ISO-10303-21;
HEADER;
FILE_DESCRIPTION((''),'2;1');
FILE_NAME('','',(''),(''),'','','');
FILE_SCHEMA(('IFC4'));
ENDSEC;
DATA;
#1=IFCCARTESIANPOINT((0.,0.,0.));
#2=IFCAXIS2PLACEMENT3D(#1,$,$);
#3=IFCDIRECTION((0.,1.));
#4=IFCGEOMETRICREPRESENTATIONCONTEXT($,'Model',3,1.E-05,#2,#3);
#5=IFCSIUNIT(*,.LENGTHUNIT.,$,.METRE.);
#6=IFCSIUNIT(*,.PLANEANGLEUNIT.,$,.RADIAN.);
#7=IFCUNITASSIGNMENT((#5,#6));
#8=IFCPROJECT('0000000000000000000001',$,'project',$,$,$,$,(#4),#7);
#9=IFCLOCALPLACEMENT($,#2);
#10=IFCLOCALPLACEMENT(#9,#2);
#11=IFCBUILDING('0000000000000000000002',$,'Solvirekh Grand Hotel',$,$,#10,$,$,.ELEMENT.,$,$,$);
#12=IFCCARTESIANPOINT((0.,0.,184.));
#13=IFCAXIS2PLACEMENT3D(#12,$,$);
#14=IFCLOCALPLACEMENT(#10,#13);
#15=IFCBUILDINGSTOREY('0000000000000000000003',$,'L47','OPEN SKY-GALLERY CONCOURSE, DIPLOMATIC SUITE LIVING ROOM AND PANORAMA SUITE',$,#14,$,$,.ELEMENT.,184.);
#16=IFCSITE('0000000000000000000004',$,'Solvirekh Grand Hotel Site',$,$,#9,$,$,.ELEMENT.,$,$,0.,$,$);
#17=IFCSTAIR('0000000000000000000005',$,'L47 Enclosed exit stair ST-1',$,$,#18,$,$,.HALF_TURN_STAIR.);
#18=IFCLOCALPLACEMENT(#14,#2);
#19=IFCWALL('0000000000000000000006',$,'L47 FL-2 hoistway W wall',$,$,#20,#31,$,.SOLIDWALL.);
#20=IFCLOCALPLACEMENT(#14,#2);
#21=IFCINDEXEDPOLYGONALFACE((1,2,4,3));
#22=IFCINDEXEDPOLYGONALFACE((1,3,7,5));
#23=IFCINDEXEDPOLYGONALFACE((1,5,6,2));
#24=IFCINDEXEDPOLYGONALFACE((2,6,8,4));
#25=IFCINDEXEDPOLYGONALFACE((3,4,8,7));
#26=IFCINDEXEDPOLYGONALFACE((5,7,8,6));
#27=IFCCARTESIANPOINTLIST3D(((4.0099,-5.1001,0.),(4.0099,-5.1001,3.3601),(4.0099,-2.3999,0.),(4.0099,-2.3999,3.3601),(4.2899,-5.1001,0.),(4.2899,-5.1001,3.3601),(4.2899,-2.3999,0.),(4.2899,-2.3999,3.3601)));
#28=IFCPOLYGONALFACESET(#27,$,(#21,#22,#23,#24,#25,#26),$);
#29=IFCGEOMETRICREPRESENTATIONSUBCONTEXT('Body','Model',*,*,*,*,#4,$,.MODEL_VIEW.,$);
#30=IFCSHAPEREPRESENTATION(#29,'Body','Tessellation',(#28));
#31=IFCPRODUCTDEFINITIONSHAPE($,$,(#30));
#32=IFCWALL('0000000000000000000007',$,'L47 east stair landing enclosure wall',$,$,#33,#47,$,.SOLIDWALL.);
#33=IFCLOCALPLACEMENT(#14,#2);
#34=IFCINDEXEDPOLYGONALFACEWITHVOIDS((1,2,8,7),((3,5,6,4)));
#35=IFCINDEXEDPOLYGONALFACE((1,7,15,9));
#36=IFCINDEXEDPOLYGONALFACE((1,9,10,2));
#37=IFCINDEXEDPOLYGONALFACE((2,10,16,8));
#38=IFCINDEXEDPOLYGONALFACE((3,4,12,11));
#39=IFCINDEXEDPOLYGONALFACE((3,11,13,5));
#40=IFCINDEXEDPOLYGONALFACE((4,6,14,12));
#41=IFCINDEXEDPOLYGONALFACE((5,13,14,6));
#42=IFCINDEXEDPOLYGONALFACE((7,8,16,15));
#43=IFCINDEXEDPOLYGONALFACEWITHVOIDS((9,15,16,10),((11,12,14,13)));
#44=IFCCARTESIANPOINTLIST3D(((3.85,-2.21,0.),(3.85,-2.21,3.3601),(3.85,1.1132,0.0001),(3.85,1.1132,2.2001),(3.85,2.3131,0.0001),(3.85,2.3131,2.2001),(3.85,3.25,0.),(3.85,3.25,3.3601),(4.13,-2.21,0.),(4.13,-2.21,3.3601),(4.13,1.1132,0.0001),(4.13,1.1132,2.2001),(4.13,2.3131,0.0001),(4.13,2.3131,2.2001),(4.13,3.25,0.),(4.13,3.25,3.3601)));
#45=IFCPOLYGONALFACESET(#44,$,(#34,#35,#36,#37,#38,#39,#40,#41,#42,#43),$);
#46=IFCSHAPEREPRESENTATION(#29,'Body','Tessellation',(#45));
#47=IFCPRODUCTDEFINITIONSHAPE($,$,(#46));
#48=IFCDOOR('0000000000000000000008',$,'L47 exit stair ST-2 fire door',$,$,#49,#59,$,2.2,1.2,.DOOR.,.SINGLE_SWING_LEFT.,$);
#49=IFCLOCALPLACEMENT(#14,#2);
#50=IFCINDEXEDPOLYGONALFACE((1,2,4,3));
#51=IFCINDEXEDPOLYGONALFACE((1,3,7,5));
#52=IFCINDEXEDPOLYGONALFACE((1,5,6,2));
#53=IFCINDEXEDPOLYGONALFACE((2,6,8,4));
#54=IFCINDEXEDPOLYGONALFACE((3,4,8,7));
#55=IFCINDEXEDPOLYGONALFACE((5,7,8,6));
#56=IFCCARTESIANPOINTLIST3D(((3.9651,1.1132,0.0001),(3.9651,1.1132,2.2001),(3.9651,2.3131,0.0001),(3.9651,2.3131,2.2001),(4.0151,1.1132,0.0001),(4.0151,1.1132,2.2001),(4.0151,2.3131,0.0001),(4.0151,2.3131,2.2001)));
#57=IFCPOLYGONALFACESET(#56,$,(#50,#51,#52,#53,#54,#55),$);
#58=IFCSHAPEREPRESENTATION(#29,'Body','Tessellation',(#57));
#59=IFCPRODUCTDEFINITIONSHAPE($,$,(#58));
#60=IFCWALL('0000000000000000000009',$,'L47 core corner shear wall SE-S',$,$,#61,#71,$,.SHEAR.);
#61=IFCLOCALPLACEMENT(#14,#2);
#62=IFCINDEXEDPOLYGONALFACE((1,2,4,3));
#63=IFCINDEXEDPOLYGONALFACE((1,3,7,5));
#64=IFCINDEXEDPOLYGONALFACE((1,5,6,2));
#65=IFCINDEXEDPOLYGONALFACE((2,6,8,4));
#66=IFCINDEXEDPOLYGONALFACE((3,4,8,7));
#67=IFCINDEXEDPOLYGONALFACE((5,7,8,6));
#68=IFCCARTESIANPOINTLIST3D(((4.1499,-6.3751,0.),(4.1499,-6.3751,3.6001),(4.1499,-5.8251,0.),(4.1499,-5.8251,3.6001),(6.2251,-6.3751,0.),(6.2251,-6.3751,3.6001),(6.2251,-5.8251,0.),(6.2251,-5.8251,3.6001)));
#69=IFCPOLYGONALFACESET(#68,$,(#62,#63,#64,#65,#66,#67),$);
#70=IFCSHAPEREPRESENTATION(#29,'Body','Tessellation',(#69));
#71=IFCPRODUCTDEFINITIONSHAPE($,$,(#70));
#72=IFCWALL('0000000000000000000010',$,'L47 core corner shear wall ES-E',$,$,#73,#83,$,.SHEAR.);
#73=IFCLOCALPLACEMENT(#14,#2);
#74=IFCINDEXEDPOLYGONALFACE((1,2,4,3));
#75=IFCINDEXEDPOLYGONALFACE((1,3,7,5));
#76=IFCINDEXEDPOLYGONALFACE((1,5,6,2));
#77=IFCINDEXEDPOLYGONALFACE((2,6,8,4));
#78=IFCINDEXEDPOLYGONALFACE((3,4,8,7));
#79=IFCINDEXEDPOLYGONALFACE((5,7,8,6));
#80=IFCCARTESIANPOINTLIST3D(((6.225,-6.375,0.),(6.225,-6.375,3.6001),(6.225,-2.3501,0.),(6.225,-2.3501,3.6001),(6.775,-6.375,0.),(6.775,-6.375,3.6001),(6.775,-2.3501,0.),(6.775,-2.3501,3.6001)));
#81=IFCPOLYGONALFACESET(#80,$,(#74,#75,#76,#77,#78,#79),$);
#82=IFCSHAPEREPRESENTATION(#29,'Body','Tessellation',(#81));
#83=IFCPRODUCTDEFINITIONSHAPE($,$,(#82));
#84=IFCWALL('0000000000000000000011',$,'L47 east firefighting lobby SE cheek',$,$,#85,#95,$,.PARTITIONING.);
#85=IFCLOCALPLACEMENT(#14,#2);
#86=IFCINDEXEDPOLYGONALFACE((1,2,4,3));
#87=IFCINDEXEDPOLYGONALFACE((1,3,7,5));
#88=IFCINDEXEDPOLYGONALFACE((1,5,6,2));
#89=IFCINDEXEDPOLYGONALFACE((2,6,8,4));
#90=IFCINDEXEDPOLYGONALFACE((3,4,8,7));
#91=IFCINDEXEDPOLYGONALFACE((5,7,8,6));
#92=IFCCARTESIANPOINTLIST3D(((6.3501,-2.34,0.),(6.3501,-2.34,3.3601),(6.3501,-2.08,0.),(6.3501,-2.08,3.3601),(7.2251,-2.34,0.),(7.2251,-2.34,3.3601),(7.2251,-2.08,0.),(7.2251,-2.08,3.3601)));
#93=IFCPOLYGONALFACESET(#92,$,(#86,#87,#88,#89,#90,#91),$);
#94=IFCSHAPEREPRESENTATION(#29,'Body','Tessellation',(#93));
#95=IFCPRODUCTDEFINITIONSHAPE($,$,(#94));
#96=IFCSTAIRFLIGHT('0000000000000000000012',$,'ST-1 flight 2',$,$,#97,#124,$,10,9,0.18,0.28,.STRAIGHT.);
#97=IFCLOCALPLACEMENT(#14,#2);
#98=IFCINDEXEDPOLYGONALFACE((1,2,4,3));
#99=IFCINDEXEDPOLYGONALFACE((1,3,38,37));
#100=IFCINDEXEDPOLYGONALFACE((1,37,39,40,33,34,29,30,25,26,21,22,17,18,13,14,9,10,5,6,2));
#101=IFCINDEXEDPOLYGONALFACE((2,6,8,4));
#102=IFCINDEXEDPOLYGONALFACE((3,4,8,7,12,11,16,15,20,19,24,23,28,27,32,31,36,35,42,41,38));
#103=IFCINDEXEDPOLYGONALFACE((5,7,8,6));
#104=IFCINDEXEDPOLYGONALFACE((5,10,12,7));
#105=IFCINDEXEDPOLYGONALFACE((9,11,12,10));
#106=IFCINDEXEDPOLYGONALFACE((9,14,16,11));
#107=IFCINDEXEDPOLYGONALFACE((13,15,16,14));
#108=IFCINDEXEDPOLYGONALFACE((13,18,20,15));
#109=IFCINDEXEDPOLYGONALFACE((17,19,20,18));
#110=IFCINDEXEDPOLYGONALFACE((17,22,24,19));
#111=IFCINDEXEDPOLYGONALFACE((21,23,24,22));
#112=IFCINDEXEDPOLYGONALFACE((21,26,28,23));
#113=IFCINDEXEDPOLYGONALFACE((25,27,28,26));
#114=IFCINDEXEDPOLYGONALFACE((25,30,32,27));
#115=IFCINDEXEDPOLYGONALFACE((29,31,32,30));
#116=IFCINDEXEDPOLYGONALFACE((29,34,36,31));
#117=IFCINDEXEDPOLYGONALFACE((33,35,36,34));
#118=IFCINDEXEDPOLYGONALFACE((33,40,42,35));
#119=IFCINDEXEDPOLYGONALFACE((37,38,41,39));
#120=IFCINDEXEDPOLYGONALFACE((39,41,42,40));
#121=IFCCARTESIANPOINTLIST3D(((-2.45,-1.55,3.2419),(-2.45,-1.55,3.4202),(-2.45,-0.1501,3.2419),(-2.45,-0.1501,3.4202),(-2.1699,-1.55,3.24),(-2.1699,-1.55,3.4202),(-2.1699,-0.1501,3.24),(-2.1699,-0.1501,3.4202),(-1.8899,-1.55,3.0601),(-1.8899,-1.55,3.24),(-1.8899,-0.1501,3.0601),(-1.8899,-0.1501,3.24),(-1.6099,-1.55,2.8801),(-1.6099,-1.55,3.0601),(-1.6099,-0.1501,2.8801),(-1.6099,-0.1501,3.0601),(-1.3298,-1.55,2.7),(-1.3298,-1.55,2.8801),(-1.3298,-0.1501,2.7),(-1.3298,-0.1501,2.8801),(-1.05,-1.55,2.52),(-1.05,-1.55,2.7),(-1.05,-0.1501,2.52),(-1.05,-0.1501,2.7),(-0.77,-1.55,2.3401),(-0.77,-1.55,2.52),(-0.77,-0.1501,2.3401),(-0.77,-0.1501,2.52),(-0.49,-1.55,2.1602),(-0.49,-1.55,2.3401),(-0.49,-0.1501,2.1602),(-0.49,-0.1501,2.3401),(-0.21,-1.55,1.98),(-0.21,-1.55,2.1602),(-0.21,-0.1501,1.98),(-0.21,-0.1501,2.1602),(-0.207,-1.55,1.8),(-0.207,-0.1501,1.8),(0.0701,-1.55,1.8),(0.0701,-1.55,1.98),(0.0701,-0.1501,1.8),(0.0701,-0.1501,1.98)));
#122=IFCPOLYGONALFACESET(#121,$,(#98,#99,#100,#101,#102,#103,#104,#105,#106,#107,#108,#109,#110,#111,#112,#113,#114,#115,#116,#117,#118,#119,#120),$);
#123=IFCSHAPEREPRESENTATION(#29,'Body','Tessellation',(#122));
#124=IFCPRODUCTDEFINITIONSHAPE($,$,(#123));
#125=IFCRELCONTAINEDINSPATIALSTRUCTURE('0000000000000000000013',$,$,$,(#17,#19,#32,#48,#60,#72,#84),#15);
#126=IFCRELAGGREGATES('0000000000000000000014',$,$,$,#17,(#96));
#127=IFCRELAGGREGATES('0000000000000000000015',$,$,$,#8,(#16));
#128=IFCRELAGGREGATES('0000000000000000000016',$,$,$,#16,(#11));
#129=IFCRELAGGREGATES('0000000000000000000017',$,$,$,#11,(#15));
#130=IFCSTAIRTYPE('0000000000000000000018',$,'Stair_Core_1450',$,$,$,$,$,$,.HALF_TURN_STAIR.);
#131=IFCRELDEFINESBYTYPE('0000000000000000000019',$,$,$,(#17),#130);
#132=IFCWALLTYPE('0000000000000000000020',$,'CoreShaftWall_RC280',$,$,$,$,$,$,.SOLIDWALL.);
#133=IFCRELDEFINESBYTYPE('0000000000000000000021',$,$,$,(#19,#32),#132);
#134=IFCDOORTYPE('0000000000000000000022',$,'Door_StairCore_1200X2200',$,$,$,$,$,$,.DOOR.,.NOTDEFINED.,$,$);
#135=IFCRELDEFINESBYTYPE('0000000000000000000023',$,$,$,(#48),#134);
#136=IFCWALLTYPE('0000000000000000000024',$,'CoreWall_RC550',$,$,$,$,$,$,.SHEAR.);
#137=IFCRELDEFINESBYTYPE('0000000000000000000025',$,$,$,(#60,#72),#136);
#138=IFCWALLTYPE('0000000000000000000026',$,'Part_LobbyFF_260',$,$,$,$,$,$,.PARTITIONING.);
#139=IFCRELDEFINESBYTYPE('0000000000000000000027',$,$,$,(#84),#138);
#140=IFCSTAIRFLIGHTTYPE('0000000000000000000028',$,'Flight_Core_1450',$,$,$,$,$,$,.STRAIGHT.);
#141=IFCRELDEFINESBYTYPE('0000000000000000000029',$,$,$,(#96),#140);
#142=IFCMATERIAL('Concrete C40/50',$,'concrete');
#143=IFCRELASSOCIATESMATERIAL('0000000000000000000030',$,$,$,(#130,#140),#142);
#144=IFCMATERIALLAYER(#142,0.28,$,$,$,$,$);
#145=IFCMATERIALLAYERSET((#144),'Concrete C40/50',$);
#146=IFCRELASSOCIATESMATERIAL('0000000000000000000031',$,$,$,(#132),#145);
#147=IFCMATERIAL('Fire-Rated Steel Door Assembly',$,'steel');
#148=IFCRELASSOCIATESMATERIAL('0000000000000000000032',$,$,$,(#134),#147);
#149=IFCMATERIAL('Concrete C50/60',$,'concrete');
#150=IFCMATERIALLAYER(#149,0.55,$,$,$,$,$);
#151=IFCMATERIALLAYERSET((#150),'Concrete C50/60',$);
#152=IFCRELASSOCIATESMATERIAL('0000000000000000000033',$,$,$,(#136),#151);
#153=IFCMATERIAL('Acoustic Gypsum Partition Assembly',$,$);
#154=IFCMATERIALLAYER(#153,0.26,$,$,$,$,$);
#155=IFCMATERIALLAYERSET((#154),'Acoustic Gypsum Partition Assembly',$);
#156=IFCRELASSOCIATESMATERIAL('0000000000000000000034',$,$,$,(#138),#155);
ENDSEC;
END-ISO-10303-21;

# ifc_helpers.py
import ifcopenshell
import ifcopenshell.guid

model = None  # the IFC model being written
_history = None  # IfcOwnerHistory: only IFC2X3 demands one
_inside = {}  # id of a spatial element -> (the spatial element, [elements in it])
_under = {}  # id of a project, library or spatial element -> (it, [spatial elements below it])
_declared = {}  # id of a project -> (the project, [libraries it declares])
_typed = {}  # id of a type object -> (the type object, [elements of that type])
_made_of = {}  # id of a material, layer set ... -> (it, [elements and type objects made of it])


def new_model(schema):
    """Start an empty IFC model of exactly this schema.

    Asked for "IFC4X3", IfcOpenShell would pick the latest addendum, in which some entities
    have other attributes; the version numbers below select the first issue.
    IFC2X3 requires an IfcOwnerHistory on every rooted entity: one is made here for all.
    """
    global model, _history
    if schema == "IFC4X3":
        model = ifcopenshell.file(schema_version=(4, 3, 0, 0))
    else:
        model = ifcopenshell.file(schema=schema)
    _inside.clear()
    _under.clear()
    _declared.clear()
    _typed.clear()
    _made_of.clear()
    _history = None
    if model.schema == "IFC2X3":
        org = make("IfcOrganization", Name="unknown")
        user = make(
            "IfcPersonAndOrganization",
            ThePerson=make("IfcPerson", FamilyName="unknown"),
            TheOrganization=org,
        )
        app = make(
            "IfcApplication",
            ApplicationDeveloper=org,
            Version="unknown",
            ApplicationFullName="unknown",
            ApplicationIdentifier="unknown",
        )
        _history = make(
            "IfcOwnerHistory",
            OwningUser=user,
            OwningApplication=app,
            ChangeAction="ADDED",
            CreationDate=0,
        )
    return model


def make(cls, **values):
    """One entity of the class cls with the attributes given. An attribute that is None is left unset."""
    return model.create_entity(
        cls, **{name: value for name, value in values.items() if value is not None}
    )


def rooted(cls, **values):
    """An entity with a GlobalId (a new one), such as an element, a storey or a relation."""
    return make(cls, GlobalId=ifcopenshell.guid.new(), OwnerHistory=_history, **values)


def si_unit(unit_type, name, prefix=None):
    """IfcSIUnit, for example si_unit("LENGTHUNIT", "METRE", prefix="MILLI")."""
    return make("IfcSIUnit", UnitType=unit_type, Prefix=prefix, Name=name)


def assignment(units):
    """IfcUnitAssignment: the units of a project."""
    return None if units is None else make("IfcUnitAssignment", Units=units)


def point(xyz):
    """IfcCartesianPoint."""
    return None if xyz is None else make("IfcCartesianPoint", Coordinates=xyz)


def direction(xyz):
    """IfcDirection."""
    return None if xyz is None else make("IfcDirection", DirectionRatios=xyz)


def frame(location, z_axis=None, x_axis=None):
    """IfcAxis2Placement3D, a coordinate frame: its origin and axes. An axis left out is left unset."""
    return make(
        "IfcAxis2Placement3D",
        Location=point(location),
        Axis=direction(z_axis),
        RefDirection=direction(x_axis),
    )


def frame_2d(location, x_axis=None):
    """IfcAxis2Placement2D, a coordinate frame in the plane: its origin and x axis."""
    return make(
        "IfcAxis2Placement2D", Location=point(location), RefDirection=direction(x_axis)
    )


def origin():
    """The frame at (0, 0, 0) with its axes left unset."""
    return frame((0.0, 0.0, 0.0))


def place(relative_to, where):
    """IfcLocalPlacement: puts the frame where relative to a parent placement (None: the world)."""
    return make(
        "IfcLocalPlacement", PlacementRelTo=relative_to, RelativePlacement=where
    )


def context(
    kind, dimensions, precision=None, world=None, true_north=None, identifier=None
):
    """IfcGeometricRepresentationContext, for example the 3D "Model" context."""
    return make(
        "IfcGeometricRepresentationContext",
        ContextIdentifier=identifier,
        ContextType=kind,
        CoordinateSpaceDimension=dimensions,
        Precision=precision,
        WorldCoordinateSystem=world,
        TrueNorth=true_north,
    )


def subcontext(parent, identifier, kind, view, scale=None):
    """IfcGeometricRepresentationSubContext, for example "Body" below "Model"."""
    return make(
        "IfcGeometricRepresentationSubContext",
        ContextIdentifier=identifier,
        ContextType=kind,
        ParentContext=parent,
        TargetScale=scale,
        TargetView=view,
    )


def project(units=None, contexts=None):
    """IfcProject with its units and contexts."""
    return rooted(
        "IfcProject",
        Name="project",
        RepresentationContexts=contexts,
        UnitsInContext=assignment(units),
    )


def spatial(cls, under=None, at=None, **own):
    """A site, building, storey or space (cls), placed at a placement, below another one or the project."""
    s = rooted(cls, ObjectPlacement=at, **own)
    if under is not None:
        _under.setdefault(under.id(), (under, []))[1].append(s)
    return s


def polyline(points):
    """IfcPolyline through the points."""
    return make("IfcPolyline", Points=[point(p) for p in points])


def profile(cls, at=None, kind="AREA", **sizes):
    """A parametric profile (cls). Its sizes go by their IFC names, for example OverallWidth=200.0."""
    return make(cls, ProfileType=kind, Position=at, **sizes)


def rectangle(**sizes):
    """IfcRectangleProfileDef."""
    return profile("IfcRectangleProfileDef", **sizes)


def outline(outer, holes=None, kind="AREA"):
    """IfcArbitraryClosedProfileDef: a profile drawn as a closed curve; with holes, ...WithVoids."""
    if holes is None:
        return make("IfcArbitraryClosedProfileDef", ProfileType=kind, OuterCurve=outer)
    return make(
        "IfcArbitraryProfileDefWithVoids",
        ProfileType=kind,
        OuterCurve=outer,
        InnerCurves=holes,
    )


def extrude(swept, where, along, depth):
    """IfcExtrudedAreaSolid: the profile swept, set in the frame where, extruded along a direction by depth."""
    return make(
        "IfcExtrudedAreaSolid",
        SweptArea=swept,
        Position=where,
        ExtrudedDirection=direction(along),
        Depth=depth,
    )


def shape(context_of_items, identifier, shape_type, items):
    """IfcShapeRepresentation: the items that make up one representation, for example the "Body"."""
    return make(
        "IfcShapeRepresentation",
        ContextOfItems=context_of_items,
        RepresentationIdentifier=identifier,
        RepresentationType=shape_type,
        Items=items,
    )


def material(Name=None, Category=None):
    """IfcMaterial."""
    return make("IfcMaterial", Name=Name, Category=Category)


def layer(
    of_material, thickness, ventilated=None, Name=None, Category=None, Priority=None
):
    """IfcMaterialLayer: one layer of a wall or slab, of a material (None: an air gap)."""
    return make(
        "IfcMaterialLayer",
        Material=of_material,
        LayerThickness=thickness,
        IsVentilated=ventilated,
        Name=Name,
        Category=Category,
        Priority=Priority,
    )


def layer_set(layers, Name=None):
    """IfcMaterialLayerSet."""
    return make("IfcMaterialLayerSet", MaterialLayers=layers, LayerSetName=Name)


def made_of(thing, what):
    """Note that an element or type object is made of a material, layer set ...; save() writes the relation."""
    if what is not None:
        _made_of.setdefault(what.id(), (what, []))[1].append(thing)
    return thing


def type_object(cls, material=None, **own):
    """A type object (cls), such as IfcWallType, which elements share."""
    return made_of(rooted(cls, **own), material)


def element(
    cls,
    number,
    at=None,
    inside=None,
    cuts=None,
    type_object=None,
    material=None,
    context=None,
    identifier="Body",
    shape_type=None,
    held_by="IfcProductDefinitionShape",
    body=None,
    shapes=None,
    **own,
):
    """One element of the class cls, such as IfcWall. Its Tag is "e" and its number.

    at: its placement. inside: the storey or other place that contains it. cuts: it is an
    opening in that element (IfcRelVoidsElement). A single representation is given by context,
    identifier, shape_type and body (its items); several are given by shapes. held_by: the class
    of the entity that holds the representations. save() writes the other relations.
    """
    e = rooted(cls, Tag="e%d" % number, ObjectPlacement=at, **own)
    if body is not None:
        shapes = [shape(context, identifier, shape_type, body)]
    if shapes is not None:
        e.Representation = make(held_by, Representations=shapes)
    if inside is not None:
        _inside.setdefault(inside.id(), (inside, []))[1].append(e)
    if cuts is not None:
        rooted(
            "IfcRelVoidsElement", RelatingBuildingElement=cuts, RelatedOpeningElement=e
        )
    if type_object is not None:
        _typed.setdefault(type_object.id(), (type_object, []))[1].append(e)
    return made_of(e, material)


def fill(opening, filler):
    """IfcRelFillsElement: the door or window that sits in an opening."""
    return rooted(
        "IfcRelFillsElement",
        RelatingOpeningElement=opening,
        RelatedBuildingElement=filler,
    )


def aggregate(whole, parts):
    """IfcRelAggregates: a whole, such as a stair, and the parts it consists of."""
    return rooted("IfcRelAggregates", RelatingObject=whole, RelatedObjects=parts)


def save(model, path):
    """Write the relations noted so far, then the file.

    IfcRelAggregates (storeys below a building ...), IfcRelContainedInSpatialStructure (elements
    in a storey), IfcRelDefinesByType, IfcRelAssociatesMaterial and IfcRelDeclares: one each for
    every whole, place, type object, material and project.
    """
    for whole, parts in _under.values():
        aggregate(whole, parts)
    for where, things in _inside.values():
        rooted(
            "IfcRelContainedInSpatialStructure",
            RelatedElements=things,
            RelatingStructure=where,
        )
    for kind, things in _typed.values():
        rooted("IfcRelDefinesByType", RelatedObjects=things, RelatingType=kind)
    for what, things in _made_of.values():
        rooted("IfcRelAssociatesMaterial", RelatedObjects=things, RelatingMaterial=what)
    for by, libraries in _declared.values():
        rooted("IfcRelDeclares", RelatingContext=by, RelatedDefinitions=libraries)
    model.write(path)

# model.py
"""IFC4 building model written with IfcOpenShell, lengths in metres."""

from ifc_helpers import new_model, si_unit, direction, frame, frame_2d, origin, place, context, subcontext, project, spatial, polyline, rectangle, outline, extrude, material, layer, layer_set, type_object, element, fill, aggregate, save


model = new_model("IFC4")

# Units and contexts
model_context = context("Model", 3, precision=1e-05, world=origin(), true_north=direction((0.0, 1.0)))
body_context = subcontext(model_context, "Body", "Model", "MODEL_VIEW")
ifc_project = project(units=[si_unit("LENGTHUNIT", "METRE"), si_unit("PLANEANGLEUNIT", "RADIAN")], contexts=[model_context])

# Site, building, storey
site_placement = place(None, origin())
site = spatial("IfcSite", under=ifc_project, at=site_placement, Name="Solvirekh Grand Hotel Site", CompositionType="ELEMENT", RefElevation=0.0)
building_placement = place(site_placement, origin())
building = spatial("IfcBuilding", under=site, at=building_placement, Name="Solvirekh Grand Hotel", CompositionType="ELEMENT")
storey_placement = place(building_placement, frame((0.0, 0.0, 184.0)))
storey = spatial("IfcBuildingStorey", under=building, at=storey_placement, Name="L47", Description="OPEN SKY-GALLERY CONCOURSE, DIPLOMATIC SUITE LIVING ROOM AND PANORAMA SUITE", CompositionType="ELEMENT", Elevation=184.0)

# Shared definitions
ifc_material_1 = material(Name="Concrete C50/60", Category="concrete")

# Stair
ifc_material_2 = material(Name="Concrete C40/50", Category="concrete")
stair_type = type_object("IfcStairType", Name="Stair_Core_1450", PredefinedType="HALF_TURN_STAIR", material=ifc_material_2)
stair_1_placement = place(storey_placement, origin())
stair_1 = element("IfcStair", 1, at=stair_1_placement, inside=storey, type_object=stair_type, Name="L47 Enclosed exit stair ST-1", PredefinedType="HALF_TURN_STAIR")

# Shared definitions
ifc_layer_1 = layer(ifc_material_2, 0.28)
ifc_layer_set_1 = layer_set([ifc_layer_1], Name="Concrete C40/50")
wall_type_1 = type_object("IfcWallType", Name="CoreShaftWall_RC280", PredefinedType="SOLIDWALL", material=ifc_layer_set_1)

# Shared definitions
ifc_material_3 = material(Name="Fire-Rated Steel Door Assembly", Category="steel")

# Wall
wall_1_placement = place(storey_placement, frame((4.1499, -2.3999, 0.0), z_axis=(0.0, 0.0, 1.0), x_axis=(0.0, -1.0, 0.0)))
element("IfcWall", 2, at=wall_1_placement, inside=storey, type_object=wall_type_1, Name="L47 FL-2 hoistway W wall", PredefinedType="SOLIDWALL", context=body_context, shape_type="SweptSolid", body=[
    extrude(rectangle(XDim=2.7002, YDim=0.28, at=frame_2d((1.3501, 0.0))), origin(), (0.0, 0.0, 1.0), 3.3601),
])

# Wall, opening, door
wall_2_placement = place(storey_placement, frame((3.99, -2.21, 0.0), z_axis=(0.0, 0.0, 1.0), x_axis=(0.0, 1.0, 0.0)))
wall_2 = element("IfcWall", 3, at=wall_2_placement, inside=storey, type_object=wall_type_1, Name="L47 east stair landing enclosure wall", PredefinedType="SOLIDWALL", context=body_context, shape_type="SweptSolid", body=[
    extrude(rectangle(XDim=5.46, YDim=0.28, at=frame_2d((2.73, 0.0))), origin(), (0.0, 0.0, 1.0), 3.3601),
])
opening_1_placement = place(wall_2_placement, frame((3.323, 0.0, 0.0)))
opening_1 = element("IfcOpeningElement", 4, at=opening_1_placement, cuts=wall_2, PredefinedType="OPENING", context=body_context, shape_type="SweptSolid", body=[
    extrude(rectangle(XDim=1.2, YDim=2.2, at=frame_2d((0.6001, 1.1001))), frame((0.0, 0.1499, 0.0), z_axis=(0.0, -1.0, 0.0), x_axis=(1.0, 0.0, 0.0)), (0.0, 0.0, 1.0), 0.3),
])
door_type_1 = type_object("IfcDoorType", Name="Door_StairCore_1200X2200", OperationType="NOTDEFINED", PredefinedType="DOOR", material=ifc_material_3)
door_1_placement = place(opening_1_placement, origin())
door_1 = element("IfcDoor", 5, at=door_1_placement, inside=storey, type_object=door_type_1, Name="L47 exit stair ST-2 fire door", OperationType="SINGLE_SWING_LEFT", OverallHeight=2.2, OverallWidth=1.2, PredefinedType="DOOR", context=body_context, shape_type="SweptSolid", body=[
    extrude(rectangle(XDim=1.2, YDim=2.2, at=frame_2d((0.6001, 1.1001))), frame((0.0, 0.0249, 0.0), z_axis=(0.0, -1.0, 0.0), x_axis=(1.0, 0.0, 0.0)), (0.0, 0.0, 1.0), 0.05),
])
fill(opening_1, door_1)

# Walls
ifc_layer_2 = layer(ifc_material_1, 0.55)
ifc_layer_set_2 = layer_set([ifc_layer_2], Name="Concrete C50/60")
wall_type_2 = type_object("IfcWallType", Name="CoreWall_RC550", PredefinedType="SHEAR", material=ifc_layer_set_2)
wall_3_placement = place(storey_placement, frame((4.1499, -6.1001, 0.0), z_axis=(0.0, 0.0, 1.0), x_axis=(1.0, 0.0, 0.0)))
element("IfcWall", 6, at=wall_3_placement, inside=storey, type_object=wall_type_2, Name="L47 core corner shear wall SE-S", PredefinedType="SHEAR", context=body_context, shape_type="SweptSolid", body=[
    extrude(rectangle(XDim=2.0752, YDim=0.55, at=frame_2d((1.0376, 0.0))), origin(), (0.0, 0.0, 1.0), 3.6001),
])
wall_4_placement = place(storey_placement, frame((6.5, -6.375, 0.0), z_axis=(0.0, 0.0, 1.0), x_axis=(0.0, 1.0, 0.0)))
element("IfcWall", 7, at=wall_4_placement, inside=storey, type_object=wall_type_2, Name="L47 core corner shear wall ES-E", PredefinedType="SHEAR", context=body_context, shape_type="SweptSolid", body=[
    extrude(rectangle(XDim=4.0249, YDim=0.55, at=frame_2d((2.0125, 0.0))), origin(), (0.0, 0.0, 1.0), 3.6001),
])
ifc_material_4 = material(Name="Acoustic Gypsum Partition Assembly")
ifc_layer_3 = layer(ifc_material_4, 0.26)
ifc_layer_set_3 = layer_set([ifc_layer_3], Name="Acoustic Gypsum Partition Assembly")
wall_type_3 = type_object("IfcWallType", Name="Part_LobbyFF_260", PredefinedType="PARTITIONING", material=ifc_layer_set_3)
wall_5_placement = place(storey_placement, frame((6.3501, -2.21, 0.0), z_axis=(0.0, 0.0, 1.0), x_axis=(1.0, 0.0, 0.0)))
element("IfcWall", 8, at=wall_5_placement, inside=storey, type_object=wall_type_3, Name="L47 east firefighting lobby SE cheek", PredefinedType="PARTITIONING", context=body_context, shape_type="SweptSolid", body=[
    extrude(rectangle(XDim=0.875, YDim=0.26, at=frame_2d((0.4375, 0.0))), origin(), (0.0, 0.0, 1.0), 3.3601),
])

# Stair flight
stair_flight_type = type_object("IfcStairFlightType", Name="Flight_Core_1450", PredefinedType="STRAIGHT", material=ifc_material_2)
stair_flight_placement = place(storey_placement, frame((0.0701, -0.8501, 1.8), z_axis=(0.0, 0.0, 1.0), x_axis=(-1.0, 0.0, 0.0)))
stair_flight = element("IfcStairFlight", 9, at=stair_flight_placement, type_object=stair_flight_type, Name="ST-1 flight 2", NumberOfRisers=10, NumberOfTreads=9, PredefinedType="STRAIGHT", RiserHeight=0.18, TreadLength=0.28, context=body_context, shape_type="SweptSolid", body=[
    extrude(outline(polyline([(0.0, 0.0), (0.0, 0.1799), (0.28, 0.1799), (0.28, 0.3601), (0.5601, 0.3601), (0.5601, 0.54), (0.8401, 0.54), (0.8401, 0.72), (1.1201, 0.72), (1.1201, 0.8999), (1.3999, 0.8999), (1.3999, 1.0801), (1.6799, 1.0801), (1.6799, 1.26), (1.96, 1.26), (1.96, 1.4399), (2.24, 1.4399), (2.24, 1.6201), (2.52, 1.6201), (2.52, 1.8), (2.52, 1.4419), (0.2771, 0.0), (0.0, 0.0)])), frame((0.0, 0.7, 0.0), z_axis=(0.0, -1.0, 0.0), x_axis=(1.0, 0.0, 0.0)), (0.0, 0.0, 1.0), 1.3999),
])
aggregate(stair_1, [stair_flight])

save(model, "model.ifc")
